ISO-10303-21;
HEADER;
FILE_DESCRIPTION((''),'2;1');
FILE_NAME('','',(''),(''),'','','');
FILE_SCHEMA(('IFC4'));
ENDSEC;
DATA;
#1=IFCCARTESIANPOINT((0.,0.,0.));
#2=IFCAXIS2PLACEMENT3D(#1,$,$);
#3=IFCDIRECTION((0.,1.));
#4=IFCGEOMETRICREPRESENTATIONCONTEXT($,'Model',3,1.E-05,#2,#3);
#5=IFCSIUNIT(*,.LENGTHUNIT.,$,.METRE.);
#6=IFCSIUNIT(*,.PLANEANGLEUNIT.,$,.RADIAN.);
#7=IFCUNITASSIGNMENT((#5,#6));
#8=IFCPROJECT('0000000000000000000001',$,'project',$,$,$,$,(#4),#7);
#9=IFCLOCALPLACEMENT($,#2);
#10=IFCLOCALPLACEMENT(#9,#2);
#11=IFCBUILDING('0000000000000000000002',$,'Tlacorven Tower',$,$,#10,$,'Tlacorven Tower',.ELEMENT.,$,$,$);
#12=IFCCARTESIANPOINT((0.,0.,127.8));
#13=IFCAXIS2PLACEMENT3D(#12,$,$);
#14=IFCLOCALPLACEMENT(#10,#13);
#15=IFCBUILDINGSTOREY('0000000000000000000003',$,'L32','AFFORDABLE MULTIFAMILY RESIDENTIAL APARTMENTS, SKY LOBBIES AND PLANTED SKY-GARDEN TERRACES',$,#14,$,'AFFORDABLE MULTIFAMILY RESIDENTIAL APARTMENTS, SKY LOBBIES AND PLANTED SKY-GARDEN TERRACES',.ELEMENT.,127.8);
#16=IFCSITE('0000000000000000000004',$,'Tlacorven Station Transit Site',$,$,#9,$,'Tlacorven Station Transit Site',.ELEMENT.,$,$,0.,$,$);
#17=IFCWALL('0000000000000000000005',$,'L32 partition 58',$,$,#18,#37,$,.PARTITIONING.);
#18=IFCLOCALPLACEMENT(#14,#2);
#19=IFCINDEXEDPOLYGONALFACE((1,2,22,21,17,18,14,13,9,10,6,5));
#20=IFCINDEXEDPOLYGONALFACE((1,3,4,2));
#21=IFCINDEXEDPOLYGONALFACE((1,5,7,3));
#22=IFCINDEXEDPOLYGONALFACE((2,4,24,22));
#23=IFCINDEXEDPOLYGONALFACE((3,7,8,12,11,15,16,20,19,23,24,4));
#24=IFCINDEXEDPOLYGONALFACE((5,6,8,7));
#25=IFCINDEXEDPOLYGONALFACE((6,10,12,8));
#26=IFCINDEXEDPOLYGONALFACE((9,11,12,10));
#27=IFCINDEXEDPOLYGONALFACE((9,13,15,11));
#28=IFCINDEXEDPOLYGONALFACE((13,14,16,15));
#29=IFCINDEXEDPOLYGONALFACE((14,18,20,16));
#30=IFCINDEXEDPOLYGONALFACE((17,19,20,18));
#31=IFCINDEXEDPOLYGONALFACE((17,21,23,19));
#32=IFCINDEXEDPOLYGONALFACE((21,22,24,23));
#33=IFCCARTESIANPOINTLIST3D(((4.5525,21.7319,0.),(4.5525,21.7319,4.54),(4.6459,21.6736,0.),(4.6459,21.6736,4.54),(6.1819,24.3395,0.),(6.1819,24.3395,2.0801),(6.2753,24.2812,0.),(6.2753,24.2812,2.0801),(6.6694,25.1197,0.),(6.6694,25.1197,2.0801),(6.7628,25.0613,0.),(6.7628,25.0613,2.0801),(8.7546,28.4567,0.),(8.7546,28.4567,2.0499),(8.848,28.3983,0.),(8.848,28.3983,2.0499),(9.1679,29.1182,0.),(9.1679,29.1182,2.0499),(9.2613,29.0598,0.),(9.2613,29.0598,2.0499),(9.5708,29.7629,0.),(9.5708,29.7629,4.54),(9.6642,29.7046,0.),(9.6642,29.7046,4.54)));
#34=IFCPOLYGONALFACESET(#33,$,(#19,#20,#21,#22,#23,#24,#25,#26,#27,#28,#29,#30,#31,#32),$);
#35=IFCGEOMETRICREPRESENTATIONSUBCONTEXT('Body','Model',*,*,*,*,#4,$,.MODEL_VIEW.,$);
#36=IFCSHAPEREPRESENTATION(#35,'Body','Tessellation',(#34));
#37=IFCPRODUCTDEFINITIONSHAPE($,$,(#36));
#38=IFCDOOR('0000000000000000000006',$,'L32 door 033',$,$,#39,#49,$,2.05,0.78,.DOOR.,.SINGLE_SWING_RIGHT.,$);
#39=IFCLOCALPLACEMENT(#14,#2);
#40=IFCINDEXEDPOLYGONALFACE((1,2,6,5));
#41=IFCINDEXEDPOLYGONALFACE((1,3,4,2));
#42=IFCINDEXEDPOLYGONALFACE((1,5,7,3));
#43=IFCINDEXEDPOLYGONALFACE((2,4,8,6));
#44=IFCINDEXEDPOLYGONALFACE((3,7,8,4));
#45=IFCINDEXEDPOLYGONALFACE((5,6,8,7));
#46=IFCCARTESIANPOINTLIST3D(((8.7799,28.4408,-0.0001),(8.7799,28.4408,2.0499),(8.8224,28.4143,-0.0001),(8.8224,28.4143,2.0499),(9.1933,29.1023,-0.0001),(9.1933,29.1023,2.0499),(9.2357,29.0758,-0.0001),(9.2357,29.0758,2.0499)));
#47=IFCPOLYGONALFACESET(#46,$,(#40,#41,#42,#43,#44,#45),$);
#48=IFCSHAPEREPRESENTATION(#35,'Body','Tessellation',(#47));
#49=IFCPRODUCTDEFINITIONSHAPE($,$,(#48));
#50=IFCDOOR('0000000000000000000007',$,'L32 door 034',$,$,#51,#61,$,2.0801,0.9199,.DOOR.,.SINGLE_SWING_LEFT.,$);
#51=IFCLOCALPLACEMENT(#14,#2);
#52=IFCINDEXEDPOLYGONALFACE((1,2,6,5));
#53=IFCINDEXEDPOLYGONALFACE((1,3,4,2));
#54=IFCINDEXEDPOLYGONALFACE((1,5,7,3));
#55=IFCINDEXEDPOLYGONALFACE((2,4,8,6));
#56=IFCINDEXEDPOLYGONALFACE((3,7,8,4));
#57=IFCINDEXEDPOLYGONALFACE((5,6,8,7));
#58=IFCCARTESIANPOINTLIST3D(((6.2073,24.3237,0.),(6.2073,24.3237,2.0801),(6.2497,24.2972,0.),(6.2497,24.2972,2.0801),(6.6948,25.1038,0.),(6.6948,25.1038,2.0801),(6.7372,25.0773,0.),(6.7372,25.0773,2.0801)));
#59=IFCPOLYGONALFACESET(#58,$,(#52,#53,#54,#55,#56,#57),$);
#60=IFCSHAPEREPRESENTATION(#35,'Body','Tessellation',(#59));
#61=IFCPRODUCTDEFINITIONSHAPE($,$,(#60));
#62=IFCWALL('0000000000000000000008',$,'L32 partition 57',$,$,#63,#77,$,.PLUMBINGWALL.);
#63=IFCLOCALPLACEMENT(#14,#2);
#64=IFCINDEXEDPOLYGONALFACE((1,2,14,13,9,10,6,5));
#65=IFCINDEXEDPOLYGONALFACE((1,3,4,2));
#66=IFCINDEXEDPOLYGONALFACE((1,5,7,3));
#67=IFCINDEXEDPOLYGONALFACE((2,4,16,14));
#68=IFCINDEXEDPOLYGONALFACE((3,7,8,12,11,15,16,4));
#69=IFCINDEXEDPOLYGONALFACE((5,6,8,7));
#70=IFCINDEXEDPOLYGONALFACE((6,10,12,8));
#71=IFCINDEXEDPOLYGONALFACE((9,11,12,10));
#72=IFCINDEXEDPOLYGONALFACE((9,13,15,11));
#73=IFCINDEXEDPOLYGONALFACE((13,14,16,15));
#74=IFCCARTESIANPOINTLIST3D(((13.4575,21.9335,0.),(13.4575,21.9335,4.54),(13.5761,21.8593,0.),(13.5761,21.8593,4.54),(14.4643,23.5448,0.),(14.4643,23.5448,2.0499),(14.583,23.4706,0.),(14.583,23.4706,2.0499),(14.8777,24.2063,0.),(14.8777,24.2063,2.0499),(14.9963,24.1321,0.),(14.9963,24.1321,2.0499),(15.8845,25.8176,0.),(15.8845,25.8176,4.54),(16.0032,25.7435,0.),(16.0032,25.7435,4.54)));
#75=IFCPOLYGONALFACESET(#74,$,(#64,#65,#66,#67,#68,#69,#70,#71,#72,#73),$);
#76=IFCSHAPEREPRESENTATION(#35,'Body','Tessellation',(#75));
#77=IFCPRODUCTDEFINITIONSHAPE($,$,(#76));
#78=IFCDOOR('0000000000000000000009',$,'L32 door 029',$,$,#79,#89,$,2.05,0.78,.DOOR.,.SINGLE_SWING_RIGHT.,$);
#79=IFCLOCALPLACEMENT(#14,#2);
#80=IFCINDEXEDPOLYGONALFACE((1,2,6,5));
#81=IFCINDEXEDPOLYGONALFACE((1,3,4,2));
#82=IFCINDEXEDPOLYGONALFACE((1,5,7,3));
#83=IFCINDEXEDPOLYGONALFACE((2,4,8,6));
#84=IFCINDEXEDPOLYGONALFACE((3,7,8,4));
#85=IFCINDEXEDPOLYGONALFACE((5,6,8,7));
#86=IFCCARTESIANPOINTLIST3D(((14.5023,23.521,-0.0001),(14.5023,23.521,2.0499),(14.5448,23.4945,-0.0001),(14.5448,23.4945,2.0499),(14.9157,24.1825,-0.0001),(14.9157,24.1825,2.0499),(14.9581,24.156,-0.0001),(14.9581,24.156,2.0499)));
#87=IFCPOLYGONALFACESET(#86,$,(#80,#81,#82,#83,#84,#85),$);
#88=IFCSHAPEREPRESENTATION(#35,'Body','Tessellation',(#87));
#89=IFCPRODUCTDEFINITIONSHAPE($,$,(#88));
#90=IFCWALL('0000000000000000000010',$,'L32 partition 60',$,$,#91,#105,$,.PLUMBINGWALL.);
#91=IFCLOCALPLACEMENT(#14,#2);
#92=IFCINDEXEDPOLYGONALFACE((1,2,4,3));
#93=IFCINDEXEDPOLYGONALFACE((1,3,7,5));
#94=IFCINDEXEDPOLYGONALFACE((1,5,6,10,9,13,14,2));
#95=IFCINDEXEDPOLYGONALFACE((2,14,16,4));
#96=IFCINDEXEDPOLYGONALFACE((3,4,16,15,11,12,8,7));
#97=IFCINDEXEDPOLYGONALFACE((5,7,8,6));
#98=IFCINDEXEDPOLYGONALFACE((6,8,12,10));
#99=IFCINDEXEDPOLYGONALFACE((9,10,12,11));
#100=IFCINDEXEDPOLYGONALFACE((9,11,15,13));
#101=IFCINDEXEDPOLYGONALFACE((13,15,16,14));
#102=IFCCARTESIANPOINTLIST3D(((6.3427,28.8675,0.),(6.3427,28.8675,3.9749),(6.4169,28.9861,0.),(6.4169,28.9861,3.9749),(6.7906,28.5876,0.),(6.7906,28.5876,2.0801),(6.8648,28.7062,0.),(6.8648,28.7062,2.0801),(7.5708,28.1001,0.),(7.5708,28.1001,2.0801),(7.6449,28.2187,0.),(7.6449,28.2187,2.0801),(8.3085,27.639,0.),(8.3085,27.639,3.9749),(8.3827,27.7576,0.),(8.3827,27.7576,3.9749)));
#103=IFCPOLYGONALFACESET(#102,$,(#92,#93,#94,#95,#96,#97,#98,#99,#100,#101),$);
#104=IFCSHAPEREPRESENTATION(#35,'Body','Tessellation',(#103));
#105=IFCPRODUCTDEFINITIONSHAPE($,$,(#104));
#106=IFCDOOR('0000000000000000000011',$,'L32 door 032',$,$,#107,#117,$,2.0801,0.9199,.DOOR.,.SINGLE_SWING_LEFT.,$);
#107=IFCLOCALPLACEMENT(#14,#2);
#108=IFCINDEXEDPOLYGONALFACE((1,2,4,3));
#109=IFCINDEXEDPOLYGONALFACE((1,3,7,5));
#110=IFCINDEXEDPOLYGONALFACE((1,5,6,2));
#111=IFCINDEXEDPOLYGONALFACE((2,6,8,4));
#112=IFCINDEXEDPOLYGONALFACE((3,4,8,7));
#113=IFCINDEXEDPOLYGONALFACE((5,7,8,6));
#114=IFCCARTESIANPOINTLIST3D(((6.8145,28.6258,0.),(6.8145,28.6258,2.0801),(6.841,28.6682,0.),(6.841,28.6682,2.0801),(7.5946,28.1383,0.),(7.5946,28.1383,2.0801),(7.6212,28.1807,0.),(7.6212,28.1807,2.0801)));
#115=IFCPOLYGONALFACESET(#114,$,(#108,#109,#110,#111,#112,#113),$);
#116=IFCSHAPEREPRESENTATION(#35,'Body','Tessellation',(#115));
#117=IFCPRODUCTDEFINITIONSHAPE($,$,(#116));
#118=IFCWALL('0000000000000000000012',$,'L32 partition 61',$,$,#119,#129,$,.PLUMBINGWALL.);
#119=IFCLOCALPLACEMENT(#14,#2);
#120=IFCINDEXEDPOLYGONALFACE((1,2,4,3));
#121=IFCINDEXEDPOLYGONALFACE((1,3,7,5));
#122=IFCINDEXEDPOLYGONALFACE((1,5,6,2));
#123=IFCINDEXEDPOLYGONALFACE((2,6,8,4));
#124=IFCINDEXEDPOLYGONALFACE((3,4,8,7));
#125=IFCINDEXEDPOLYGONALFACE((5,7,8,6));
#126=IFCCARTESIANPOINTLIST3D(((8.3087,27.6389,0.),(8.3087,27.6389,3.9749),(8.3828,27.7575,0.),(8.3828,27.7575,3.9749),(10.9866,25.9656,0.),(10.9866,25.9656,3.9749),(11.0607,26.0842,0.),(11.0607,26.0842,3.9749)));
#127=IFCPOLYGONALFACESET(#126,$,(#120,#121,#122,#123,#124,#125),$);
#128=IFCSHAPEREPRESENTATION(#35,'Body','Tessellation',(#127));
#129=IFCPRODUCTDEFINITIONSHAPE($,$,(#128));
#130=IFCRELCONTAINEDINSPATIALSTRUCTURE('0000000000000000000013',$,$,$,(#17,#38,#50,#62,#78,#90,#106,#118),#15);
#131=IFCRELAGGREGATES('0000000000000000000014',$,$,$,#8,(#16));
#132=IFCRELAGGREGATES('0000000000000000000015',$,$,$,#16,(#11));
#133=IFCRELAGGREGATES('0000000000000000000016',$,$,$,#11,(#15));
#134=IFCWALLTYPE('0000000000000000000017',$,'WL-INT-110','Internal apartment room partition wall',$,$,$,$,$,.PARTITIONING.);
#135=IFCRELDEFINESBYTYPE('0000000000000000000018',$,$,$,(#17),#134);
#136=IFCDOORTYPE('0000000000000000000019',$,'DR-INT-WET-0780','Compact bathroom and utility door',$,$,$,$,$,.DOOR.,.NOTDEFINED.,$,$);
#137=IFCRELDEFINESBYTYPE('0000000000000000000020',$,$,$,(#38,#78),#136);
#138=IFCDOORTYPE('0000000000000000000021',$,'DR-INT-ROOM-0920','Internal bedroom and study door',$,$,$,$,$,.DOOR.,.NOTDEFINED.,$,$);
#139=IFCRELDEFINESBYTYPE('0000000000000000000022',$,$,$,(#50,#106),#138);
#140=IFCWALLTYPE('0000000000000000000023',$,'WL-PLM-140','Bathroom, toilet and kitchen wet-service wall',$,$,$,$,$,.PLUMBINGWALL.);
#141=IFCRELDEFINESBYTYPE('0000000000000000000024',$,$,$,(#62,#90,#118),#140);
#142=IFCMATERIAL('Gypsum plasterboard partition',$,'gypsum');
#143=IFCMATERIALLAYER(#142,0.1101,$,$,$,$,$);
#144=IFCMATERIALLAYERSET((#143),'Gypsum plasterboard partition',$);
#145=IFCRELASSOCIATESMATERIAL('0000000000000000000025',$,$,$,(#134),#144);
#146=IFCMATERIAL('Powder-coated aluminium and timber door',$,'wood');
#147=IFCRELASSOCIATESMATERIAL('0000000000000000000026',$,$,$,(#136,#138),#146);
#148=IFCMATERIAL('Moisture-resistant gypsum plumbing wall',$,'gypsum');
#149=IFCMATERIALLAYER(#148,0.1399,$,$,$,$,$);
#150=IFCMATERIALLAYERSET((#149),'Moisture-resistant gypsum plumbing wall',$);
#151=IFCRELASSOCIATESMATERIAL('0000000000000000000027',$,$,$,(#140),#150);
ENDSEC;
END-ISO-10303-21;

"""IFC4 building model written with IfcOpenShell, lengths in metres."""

from ifc_helpers import new_model, si_unit, direction, frame, frame_2d, origin, place, context, subcontext, project, spatial, rectangle, extrude, source, transform, mapped, material, layer, layer_set, type_object, element, fill, save


model = new_model("IFC4")

# Units and contexts
model_context = context("Model", 3, precision=1e-05, world=origin(), true_north=direction((0.0, 1.0)))
body_context = subcontext(model_context, "Body", "Model", "MODEL_VIEW")
ifc_project = project(units=[si_unit("LENGTHUNIT", "METRE"), si_unit("PLANEANGLEUNIT", "RADIAN")], contexts=[model_context])

# Site, building, storey
site_placement = place(None, origin())
site = spatial("IfcSite", under=ifc_project, at=site_placement, Name="Tlacorven Station Transit Site", LongName="Tlacorven Station Transit Site", CompositionType="ELEMENT", RefElevation=0.0)
building_placement = place(site_placement, origin())
building = spatial("IfcBuilding", under=site, at=building_placement, Name="Tlacorven Tower", LongName="Tlacorven Tower", CompositionType="ELEMENT")
storey_placement = place(building_placement, frame((0.0, 0.0, 127.8)))
storey = spatial("IfcBuildingStorey", under=building, at=storey_placement, Name="L32", Description="AFFORDABLE MULTIFAMILY RESIDENTIAL APARTMENTS, SKY LOBBIES AND PLANTED SKY-GARDEN TERRACES", LongName="AFFORDABLE MULTIFAMILY RESIDENTIAL APARTMENTS, SKY LOBBIES AND PLANTED SKY-GARDEN TERRACES", CompositionType="ELEMENT", Elevation=127.8)

# Wall, openings, doors
ifc_material_1 = material(Name="Gypsum plasterboard partition", Category="gypsum")
ifc_layer_1 = layer(ifc_material_1, 0.1101)
ifc_layer_set_1 = layer_set([ifc_layer_1], Name="Gypsum plasterboard partition")
wall_type_1 = type_object("IfcWallType", Name="WL-INT-110", Description="Internal apartment room partition wall", PredefinedType="PARTITIONING", material=ifc_layer_set_1)
wall_1_placement = place(storey_placement, frame((9.6174, 29.7336, 0.0), z_axis=(0.0, 0.0, 1.0), x_axis=(-0.529918, -0.848049, 0.0)))
wall_1 = element("IfcWall", 1, at=wall_1_placement, inside=storey, type_object=wall_type_1, Name="L32 partition 58", PredefinedType="PARTITIONING", context=body_context, shape_type="SweptSolid", body=[
    extrude(rectangle(XDim=9.47, YDim=0.1101, at=frame_2d((4.7349, 0.0))), origin(), (0.0, 0.0, 1.0), 4.54),
])
opening_1_placement = place(wall_1_placement, frame((0.76, 0.0, 0.0)))
opening_1 = element("IfcOpeningElement", 2, at=opening_1_placement, cuts=wall_1, PredefinedType="OPENING", context=body_context, shape_type="SweptSolid", body=[
    extrude(rectangle(XDim=0.78, YDim=2.05, at=frame_2d((0.3901, 1.0249))), frame((0.0, 0.0649, 0.0), z_axis=(0.0, -1.0, 0.0), x_axis=(1.0, 0.0, 0.0)), (0.0, 0.0, 1.0), 0.1301),
])
opening_2_placement = place(wall_1_placement, frame((5.4751, 0.0, 0.0)))
opening_2 = element("IfcOpeningElement", 3, at=opening_2_placement, cuts=wall_1, PredefinedType="OPENING", context=body_context, shape_type="SweptSolid", body=[
    extrude(rectangle(XDim=0.9199, YDim=2.0801, at=frame_2d((0.46, 1.04))), frame((0.0, 0.0649, 0.0), z_axis=(0.0, -1.0, 0.0), x_axis=(1.0, 0.0, 0.0)), (0.0, 0.0, 1.0), 0.1301),
])
ifc_material_2 = material(Name="Powder-coated aluminium and timber door", Category="wood")
door_type_1 = type_object("IfcDoorType", Name="DR-INT-WET-0780", Description="Compact bathroom and utility door", OperationType="NOTDEFINED", PredefinedType="DOOR", material=ifc_material_2)
shared_shape_1 = source(origin(), body_context, "Body", "SweptSolid", [
    extrude(rectangle(XDim=0.78, YDim=2.05, at=frame_2d((0.3901, 1.0249))), frame((0.0, 0.0249, 0.0), z_axis=(0.0, -1.0, 0.0), x_axis=(1.0, 0.0, 0.0)), (0.0, 0.0, 1.0), 0.05),
])
door_1_placement = place(opening_1_placement, origin())
door_1 = element("IfcDoor", 4, at=door_1_placement, inside=storey, type_object=door_type_1, Name="L32 door 033", OperationType="SINGLE_SWING_RIGHT", OverallHeight=2.05, OverallWidth=0.78, PredefinedType="DOOR", context=body_context, shape_type="MappedRepresentation", body=[
    mapped(shared_shape_1, transform((0.0, 0.0, 0.0), scale=1.0)),
])
fill(opening_1, door_1)
door_type_2 = type_object("IfcDoorType", Name="DR-INT-ROOM-0920", Description="Internal bedroom and study door", OperationType="NOTDEFINED", PredefinedType="DOOR", material=ifc_material_2)
shared_shape_2 = source(origin(), body_context, "Body", "SweptSolid", [
    extrude(rectangle(XDim=0.9199, YDim=2.0801, at=frame_2d((0.46, 1.04))), frame((0.0, 0.0249, 0.0), z_axis=(0.0, -1.0, 0.0), x_axis=(1.0, 0.0, 0.0)), (0.0, 0.0, 1.0), 0.05),
])
door_2_placement = place(opening_2_placement, origin())
door_2 = element("IfcDoor", 5, at=door_2_placement, inside=storey, type_object=door_type_2, Name="L32 door 034", OperationType="SINGLE_SWING_LEFT", OverallHeight=2.0801, OverallWidth=0.9199, PredefinedType="DOOR", context=body_context, shape_type="MappedRepresentation", body=[
    mapped(shared_shape_2, transform((0.0, 0.0, 0.0), scale=1.0)),
])
fill(opening_2, door_2)

# Walls, openings, doors
ifc_material_3 = material(Name="Moisture-resistant gypsum plumbing wall", Category="gypsum")
ifc_layer_2 = layer(ifc_material_3, 0.1399)
ifc_layer_set_2 = layer_set([ifc_layer_2], Name="Moisture-resistant gypsum plumbing wall")
wall_type_2 = type_object("IfcWallType", Name="WL-PLM-140", Description="Bathroom, toilet and kitchen wet-service wall", PredefinedType="PLUMBINGWALL", material=ifc_layer_set_2)
wall_2_placement = place(storey_placement, frame((15.9438, 25.7805, 0.0), z_axis=(0.0, 0.0, 1.0), x_axis=(-0.529917, -0.848049, 0.0)))
wall_2 = element("IfcWall", 6, at=wall_2_placement, inside=storey, type_object=wall_type_2, Name="L32 partition 57", PredefinedType="PLUMBINGWALL", context=body_context, shape_type="SweptSolid", body=[
    extrude(rectangle(XDim=4.5801, YDim=0.1399, at=frame_2d((2.29, 0.0))), origin(), (0.0, 0.0, 1.0), 4.54),
])
opening_3_placement = place(wall_2_placement, frame((1.8999, 0.0, 0.0)))
opening_3 = element("IfcOpeningElement", 7, at=opening_3_placement, cuts=wall_2, PredefinedType="OPENING", context=body_context, shape_type="SweptSolid", body=[
    extrude(rectangle(XDim=0.78, YDim=2.05, at=frame_2d((0.3901, 1.0249))), frame((0.0, 0.0801, 0.0), z_axis=(0.0, -1.0, 0.0), x_axis=(1.0, 0.0, 0.0)), (0.0, 0.0, 1.0), 0.1599),
])
door_3_placement = place(opening_3_placement, origin())
door_3 = element("IfcDoor", 8, at=door_3_placement, inside=storey, type_object=door_type_1, Name="L32 door 029", OperationType="SINGLE_SWING_RIGHT", OverallHeight=2.05, OverallWidth=0.78, PredefinedType="DOOR", context=body_context, shape_type="MappedRepresentation", body=[
    mapped(shared_shape_1, transform((0.0, 0.0, 0.0), scale=1.0)),
])
fill(opening_3, door_3)
wall_3_placement = place(storey_placement, frame((8.3457, 27.6982, 0.0), z_axis=(0.0, 0.0, 1.0), x_axis=(-0.848022, 0.529961, 0.0)))
wall_3 = element("IfcWall", 9, at=wall_3_placement, inside=storey, type_object=wall_type_2, Name="L32 partition 60", PredefinedType="PLUMBINGWALL", context=body_context, shape_type="SweptSolid", body=[
    extrude(rectangle(XDim=2.3181, YDim=0.1399, at=frame_2d((1.1592, 0.0))), origin(), (0.0, 0.0, 1.0), 3.9749),
])
opening_4_placement = place(wall_3_placement, frame((0.8701, 0.0, 0.0)))
opening_4 = element("IfcOpeningElement", 10, at=opening_4_placement, cuts=wall_3, PredefinedType="OPENING", context=body_context, shape_type="SweptSolid", body=[
    extrude(rectangle(XDim=0.9199, YDim=2.0801, at=frame_2d((0.46, 1.04))), frame((0.0, 0.0801, 0.0), z_axis=(0.0, -1.0, 0.0), x_axis=(1.0, 0.0, 0.0)), (0.0, 0.0, 1.0), 0.1599),
])
door_4_placement = place(opening_4_placement, origin())
door_4 = element("IfcDoor", 11, at=door_4_placement, inside=storey, type_object=door_type_2, Name="L32 door 032", OperationType="SINGLE_SWING_LEFT", OverallHeight=2.0801, OverallWidth=0.9199, PredefinedType="DOOR", context=body_context, shape_type="MappedRepresentation", body=[
    mapped(shared_shape_2, transform((0.0, 0.0, 0.0), scale=1.0)),
])
fill(opening_4, door_4)

# Wall
wall_4_placement = place(storey_placement, frame((11.0237, 26.0249, 0.0), z_axis=(0.0, 0.0, 1.0), x_axis=(-0.848055, 0.529909, 0.0)))
element("IfcWall", 12, at=wall_4_placement, inside=storey, type_object=wall_type_2, Name="L32 partition 61", PredefinedType="PLUMBINGWALL", context=body_context, shape_type="SweptSolid", body=[
    extrude(rectangle(XDim=3.1577, YDim=0.1399, at=frame_2d((1.5789, 0.0))), origin(), (0.0, 0.0, 1.0), 3.9749),
])

save(model, "model.ifc")
